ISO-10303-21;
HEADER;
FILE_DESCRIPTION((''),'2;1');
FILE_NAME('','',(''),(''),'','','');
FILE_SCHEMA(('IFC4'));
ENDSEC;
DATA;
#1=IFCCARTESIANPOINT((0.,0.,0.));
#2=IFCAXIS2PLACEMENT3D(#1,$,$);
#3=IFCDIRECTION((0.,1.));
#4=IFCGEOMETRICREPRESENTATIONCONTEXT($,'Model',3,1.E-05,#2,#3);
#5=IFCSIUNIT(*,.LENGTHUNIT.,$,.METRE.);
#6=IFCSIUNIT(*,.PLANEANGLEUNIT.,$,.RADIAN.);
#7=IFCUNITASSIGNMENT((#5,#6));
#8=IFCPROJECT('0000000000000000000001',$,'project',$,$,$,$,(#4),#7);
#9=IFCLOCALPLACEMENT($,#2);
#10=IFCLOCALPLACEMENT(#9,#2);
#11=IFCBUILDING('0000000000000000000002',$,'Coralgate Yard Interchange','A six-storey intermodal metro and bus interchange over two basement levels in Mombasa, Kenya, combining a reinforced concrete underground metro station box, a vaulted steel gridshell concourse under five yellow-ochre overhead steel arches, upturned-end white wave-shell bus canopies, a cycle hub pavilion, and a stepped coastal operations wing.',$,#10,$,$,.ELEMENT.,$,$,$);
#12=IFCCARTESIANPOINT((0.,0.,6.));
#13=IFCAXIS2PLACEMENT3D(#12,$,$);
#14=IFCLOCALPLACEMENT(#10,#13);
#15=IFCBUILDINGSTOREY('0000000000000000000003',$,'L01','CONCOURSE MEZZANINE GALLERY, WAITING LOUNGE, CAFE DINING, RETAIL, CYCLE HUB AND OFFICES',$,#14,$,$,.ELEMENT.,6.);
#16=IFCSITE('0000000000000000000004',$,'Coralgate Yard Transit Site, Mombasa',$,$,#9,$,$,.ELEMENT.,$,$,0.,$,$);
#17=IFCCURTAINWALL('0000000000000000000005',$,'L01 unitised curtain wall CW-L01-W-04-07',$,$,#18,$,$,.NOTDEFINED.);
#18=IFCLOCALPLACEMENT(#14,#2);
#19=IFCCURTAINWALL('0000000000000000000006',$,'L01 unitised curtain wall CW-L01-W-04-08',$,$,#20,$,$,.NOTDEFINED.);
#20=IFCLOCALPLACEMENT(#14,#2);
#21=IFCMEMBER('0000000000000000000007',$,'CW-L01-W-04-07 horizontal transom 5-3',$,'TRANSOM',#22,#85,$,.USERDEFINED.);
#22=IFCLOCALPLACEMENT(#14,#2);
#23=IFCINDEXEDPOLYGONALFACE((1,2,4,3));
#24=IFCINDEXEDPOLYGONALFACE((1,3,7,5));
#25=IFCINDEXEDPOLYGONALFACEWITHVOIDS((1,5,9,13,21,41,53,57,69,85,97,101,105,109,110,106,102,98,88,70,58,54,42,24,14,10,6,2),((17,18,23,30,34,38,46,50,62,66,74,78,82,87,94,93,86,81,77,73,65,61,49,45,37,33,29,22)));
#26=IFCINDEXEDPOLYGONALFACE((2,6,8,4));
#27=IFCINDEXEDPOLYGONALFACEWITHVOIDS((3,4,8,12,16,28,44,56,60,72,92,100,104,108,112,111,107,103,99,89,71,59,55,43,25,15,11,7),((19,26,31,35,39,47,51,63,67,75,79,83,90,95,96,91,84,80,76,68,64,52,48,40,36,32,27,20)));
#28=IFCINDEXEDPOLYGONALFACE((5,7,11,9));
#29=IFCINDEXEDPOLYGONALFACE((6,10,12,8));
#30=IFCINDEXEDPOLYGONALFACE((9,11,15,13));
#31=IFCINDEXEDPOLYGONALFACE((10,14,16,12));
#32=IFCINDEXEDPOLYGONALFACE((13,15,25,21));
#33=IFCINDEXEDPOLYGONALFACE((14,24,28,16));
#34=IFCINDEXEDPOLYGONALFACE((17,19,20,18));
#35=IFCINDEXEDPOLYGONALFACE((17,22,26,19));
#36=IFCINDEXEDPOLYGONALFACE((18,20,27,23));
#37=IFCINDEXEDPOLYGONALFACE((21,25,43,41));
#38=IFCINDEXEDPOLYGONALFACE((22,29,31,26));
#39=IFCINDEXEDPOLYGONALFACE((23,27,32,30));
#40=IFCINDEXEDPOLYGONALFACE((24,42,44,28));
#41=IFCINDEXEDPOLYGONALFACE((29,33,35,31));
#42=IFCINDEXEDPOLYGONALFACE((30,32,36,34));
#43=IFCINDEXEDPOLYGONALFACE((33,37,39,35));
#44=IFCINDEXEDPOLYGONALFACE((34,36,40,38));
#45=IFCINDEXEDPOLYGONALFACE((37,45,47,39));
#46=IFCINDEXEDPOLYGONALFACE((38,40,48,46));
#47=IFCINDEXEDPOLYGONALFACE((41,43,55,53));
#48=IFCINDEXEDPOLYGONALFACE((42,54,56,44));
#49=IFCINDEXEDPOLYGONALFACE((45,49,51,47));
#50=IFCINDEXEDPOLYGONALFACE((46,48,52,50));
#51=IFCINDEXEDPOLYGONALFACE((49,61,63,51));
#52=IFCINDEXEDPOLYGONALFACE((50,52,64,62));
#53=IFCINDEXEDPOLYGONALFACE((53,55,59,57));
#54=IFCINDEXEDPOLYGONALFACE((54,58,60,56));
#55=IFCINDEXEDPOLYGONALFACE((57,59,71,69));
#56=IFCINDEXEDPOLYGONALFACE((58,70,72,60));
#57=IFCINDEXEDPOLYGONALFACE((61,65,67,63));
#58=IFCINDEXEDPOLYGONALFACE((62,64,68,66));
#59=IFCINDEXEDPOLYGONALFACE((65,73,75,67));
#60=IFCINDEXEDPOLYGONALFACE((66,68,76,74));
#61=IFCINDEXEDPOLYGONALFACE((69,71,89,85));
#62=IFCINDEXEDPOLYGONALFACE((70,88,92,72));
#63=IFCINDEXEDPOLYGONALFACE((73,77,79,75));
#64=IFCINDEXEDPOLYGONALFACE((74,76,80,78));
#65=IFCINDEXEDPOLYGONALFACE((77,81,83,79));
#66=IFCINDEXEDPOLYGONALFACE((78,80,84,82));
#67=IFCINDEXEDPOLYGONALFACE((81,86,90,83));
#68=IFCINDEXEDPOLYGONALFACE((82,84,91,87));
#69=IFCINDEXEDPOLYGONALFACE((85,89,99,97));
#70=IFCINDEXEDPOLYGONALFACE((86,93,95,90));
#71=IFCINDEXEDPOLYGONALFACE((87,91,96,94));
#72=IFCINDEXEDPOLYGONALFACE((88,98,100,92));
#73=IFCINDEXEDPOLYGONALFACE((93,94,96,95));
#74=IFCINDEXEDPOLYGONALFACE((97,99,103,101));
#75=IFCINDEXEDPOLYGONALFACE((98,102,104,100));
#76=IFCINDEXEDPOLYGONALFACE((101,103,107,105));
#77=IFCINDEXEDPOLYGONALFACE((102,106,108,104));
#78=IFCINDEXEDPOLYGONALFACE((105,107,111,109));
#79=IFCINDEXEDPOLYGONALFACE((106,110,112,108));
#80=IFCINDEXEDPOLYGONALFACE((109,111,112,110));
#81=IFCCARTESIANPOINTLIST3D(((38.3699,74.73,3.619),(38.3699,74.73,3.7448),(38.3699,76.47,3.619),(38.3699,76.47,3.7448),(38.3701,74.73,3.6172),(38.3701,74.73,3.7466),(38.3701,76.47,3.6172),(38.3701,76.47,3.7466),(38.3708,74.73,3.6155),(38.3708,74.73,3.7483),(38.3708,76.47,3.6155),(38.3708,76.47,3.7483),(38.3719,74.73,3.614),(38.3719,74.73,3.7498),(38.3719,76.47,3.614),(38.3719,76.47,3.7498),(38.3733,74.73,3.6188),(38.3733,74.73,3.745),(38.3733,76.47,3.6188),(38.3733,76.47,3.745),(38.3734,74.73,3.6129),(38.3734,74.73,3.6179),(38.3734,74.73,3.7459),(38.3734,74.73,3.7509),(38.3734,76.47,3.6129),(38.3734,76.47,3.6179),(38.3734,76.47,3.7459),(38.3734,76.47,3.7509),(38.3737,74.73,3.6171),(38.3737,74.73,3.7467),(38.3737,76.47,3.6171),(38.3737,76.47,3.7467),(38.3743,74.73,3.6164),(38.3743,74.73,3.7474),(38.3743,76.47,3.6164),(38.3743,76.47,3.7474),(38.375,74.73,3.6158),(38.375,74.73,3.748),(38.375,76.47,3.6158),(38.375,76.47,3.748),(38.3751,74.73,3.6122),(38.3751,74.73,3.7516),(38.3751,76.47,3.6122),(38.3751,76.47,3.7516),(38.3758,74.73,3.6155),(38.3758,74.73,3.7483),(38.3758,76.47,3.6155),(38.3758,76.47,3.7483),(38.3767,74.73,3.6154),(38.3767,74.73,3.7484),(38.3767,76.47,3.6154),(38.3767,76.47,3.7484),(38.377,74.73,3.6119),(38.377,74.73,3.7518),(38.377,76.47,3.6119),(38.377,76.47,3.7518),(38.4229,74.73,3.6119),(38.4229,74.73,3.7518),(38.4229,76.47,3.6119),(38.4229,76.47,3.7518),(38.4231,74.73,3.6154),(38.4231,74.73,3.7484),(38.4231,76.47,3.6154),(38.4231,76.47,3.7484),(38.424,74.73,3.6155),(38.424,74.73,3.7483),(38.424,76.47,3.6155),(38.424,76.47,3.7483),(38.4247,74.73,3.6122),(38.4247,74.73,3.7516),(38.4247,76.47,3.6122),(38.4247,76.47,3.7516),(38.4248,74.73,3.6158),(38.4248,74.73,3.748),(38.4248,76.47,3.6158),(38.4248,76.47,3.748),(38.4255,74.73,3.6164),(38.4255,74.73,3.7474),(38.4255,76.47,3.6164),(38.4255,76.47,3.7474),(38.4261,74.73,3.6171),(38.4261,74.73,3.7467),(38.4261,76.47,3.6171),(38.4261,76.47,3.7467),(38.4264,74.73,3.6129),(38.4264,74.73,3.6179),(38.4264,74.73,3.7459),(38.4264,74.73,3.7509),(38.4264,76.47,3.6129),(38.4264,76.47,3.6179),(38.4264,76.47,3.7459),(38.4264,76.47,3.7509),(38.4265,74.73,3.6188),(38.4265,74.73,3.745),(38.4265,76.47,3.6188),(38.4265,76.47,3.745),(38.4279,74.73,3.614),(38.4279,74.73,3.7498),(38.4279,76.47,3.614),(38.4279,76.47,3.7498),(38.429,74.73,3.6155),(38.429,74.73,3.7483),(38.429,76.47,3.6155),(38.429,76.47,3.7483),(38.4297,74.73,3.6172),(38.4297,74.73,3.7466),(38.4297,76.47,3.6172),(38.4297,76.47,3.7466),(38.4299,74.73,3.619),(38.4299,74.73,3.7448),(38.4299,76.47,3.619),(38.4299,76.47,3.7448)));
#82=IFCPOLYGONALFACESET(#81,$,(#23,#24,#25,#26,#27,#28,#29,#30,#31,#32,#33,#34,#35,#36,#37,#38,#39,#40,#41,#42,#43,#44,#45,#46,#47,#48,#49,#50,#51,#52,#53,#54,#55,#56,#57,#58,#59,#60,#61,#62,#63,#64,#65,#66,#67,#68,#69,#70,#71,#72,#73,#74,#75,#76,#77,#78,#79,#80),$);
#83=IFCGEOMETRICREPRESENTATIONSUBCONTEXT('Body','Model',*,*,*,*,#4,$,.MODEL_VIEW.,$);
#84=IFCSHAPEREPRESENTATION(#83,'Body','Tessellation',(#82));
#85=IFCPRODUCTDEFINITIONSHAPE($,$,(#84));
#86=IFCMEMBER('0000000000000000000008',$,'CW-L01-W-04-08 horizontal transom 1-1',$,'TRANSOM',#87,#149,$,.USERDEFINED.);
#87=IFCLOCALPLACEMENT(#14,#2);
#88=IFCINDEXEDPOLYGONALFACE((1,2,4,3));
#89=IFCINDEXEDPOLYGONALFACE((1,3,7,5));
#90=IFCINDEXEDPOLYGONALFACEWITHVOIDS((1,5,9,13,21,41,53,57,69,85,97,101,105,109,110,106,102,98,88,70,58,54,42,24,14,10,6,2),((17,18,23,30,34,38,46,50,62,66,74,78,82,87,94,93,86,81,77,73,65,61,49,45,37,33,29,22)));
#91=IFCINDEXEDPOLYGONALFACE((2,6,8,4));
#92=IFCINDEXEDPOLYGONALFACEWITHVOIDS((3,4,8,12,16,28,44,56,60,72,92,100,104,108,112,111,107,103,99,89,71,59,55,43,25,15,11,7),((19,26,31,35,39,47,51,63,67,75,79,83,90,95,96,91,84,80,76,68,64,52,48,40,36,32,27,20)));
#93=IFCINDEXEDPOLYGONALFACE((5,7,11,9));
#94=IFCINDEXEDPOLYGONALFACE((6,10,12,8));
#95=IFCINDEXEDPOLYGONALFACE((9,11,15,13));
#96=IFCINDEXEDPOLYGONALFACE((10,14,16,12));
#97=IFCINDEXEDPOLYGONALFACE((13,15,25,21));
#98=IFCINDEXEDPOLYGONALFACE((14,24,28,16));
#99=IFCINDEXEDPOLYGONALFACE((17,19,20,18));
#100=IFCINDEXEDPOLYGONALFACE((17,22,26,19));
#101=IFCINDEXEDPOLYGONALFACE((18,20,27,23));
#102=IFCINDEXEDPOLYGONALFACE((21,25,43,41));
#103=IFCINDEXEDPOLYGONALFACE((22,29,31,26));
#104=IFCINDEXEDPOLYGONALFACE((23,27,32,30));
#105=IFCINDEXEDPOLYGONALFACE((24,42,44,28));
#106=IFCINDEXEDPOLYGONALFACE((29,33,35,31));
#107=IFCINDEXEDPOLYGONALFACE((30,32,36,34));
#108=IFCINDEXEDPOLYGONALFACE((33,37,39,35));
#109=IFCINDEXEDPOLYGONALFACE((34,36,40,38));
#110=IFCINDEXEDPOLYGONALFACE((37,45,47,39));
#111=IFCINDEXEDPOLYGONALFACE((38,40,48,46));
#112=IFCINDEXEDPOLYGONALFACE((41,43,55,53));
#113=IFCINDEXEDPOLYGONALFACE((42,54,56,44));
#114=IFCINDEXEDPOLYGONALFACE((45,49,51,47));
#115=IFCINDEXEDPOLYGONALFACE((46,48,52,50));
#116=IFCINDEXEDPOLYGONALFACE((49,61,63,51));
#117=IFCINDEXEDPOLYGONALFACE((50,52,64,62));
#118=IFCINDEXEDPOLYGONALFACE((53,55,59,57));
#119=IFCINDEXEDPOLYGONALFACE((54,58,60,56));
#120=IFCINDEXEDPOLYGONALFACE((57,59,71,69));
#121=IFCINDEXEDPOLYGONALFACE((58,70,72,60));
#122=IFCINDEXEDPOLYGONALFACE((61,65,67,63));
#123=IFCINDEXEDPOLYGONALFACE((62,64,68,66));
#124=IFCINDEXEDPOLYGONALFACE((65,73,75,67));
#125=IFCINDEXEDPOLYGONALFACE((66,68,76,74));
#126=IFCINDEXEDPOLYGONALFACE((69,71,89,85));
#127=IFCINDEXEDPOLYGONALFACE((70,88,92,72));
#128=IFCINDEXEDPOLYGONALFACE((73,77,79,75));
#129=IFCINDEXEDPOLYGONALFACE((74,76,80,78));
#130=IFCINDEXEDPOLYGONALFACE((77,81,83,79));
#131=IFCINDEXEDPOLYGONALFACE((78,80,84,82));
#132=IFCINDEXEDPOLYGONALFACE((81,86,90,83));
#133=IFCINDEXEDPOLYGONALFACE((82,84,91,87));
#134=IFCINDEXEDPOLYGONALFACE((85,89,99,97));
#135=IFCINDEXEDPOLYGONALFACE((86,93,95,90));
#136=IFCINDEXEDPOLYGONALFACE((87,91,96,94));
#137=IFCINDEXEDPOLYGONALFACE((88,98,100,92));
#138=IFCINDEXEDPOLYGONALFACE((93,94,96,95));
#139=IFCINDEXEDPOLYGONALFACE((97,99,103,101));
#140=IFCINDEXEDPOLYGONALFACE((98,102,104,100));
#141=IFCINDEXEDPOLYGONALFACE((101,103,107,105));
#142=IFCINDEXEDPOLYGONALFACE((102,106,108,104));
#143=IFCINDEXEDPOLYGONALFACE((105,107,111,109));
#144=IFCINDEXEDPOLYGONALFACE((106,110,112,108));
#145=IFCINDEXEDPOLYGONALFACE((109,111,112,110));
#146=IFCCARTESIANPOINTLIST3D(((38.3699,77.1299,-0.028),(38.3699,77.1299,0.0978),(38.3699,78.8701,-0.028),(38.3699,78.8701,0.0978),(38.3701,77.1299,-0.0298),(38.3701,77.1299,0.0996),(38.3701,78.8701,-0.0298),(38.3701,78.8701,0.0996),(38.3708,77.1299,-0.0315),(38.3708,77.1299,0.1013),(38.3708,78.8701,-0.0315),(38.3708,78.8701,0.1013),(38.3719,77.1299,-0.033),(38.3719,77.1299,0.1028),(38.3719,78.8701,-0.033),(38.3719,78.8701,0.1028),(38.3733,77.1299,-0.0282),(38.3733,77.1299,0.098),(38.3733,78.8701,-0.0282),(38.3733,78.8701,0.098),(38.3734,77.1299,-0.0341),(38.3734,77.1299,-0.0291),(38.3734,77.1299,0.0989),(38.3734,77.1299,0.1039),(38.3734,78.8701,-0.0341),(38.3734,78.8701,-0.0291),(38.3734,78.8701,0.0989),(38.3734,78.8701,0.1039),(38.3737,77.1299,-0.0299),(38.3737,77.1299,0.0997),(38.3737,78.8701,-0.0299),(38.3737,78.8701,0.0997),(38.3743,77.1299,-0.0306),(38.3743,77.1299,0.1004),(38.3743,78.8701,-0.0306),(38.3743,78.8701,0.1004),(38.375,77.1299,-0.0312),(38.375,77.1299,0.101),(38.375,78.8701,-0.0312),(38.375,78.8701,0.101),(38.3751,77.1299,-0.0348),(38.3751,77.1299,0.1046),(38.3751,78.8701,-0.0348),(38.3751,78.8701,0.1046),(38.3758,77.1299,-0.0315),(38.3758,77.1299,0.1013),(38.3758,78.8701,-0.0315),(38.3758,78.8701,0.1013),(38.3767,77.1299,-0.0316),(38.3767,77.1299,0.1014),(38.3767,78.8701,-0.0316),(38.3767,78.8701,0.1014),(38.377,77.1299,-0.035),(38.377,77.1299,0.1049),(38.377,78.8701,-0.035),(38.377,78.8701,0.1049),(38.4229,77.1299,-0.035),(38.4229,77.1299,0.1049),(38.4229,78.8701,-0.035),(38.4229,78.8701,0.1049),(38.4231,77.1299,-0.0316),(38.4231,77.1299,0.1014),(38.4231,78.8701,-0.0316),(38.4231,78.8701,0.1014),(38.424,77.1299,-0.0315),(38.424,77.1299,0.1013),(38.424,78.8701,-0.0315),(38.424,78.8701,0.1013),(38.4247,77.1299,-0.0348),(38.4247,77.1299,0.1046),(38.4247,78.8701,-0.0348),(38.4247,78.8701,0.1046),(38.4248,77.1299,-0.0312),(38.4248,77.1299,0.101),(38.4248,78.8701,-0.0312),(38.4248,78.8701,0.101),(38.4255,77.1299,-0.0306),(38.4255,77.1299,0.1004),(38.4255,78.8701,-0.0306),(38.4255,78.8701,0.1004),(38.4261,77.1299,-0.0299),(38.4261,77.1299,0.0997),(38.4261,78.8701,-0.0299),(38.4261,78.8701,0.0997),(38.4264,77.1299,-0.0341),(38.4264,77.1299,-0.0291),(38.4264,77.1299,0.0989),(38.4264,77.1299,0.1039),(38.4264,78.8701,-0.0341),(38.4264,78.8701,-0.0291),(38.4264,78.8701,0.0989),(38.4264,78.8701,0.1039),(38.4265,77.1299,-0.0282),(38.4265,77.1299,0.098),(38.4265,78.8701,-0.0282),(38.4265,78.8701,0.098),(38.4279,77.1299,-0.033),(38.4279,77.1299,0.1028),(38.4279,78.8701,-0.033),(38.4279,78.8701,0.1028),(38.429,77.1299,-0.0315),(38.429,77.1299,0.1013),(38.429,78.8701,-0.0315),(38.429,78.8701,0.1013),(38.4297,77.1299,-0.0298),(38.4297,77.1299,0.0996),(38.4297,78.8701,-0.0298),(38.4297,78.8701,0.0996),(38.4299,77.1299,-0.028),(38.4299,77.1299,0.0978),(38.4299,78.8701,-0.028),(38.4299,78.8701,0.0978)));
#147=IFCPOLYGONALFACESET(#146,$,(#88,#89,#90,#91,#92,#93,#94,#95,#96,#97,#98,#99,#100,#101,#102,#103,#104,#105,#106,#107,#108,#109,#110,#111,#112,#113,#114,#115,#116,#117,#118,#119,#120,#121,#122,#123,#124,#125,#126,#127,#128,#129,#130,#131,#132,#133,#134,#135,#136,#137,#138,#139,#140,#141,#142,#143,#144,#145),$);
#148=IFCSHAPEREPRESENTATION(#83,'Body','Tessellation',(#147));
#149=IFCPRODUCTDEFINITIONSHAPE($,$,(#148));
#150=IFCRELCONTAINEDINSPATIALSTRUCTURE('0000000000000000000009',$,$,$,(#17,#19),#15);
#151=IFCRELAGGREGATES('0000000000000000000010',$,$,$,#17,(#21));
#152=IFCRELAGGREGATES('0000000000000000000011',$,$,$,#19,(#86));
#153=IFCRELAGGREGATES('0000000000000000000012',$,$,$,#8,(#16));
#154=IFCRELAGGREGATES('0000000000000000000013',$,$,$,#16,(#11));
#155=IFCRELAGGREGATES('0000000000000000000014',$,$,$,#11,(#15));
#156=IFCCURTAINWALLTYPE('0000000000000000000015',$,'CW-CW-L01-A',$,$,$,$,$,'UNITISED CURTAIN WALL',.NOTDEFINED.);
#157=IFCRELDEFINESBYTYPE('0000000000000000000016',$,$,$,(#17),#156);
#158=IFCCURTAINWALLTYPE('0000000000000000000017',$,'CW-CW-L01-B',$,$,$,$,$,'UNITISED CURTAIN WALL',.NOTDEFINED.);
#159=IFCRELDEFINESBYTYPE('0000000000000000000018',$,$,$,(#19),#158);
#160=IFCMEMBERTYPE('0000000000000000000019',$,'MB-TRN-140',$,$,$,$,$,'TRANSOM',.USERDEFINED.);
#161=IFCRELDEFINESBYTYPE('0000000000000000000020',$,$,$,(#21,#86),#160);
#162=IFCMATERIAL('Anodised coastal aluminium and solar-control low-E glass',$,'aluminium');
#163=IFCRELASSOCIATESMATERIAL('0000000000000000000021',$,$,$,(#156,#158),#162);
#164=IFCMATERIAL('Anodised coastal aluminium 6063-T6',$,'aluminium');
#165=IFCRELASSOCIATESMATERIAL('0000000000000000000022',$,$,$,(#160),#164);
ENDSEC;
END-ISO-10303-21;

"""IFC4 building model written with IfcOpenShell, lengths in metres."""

from ifc_helpers import new_model, si_unit, direction, frame, origin, origin_2d, place, context, subcontext, project, spatial, hollow_rectangle, extrude, material, material_profile, profile_set, type_object, element, aggregate, save


model = new_model("IFC4")

# Units and contexts
model_context = context("Model", 3, precision=1e-05, world=origin(), true_north=direction((0.0, 1.0)))
body_context = subcontext(model_context, "Body", "Model", "MODEL_VIEW")
ifc_project = project(units=[si_unit("LENGTHUNIT", "METRE"), si_unit("PLANEANGLEUNIT", "RADIAN")], contexts=[model_context])

# Site, building, storey
site_placement = place(None, origin())
site = spatial("IfcSite", under=ifc_project, at=site_placement, Name="Coralgate Yard Transit Site, Mombasa", CompositionType="ELEMENT", RefElevation=0.0)
building_placement = place(site_placement, origin())
building = spatial("IfcBuilding", under=site, at=building_placement, Name="Coralgate Yard Interchange", Description="A six-storey intermodal metro and bus interchange over two basement levels in Mombasa, Kenya, combining a reinforced concrete underground metro station box, a vaulted steel gridshell concourse under five yellow-ochre overhead steel arches, upturned-end white wave-shell bus canopies, a cycle hub pavilion, and a stepped coastal operations wing.", CompositionType="ELEMENT")
storey_placement = place(building_placement, frame((0.0, 0.0, 6.0)))
storey = spatial("IfcBuildingStorey", under=building, at=storey_placement, Name="L01", Description="CONCOURSE MEZZANINE GALLERY, WAITING LOUNGE, CAFE DINING, RETAIL, CYCLE HUB AND OFFICES", CompositionType="ELEMENT", Elevation=6.0)

# Curtain walls
ifc_material_1 = material(Name="Anodised coastal aluminium and solar-control low-E glass", Category="aluminium")
curtain_wall_type_1 = type_object("IfcCurtainWallType", Name="CW-CW-L01-A", ElementType="UNITISED CURTAIN WALL", PredefinedType="NOTDEFINED", material=ifc_material_1)
curtain_wall_1_placement = place(storey_placement, origin())
curtain_wall_1 = element("IfcCurtainWall", 1, at=curtain_wall_1_placement, inside=storey, type_object=curtain_wall_type_1, Name="L01 unitised curtain wall CW-L01-W-04-07", PredefinedType="NOTDEFINED")
ifc_material_2 = material(Name="Anodised coastal aluminium 6063-T6", Category="aluminium")
curtain_wall_type_2 = type_object("IfcCurtainWallType", Name="CW-CW-L01-B", ElementType="UNITISED CURTAIN WALL", PredefinedType="NOTDEFINED", material=ifc_material_1)
curtain_wall_2_placement = place(storey_placement, origin())
curtain_wall_2 = element("IfcCurtainWall", 2, at=curtain_wall_2_placement, inside=storey, type_object=curtain_wall_type_2, Name="L01 unitised curtain wall CW-L01-W-04-08", PredefinedType="NOTDEFINED")

# Members
ifc_material_profile_1 = material_profile(ifc_material_2, hollow_rectangle(XDim=0.0601, YDim=0.1399, WallThickness=0.0034, InnerFilletRadius=0.0034, OuterFilletRadius=0.0071, at=origin_2d()), Name="ALU 60x140x3.5")
ifc_profile_set_1 = profile_set([ifc_material_profile_1], Name="Anodised coastal aluminium 6063-T6")
member_type_1 = type_object("IfcMemberType", Name="MB-TRN-140", ElementType="TRANSOM", PredefinedType="USERDEFINED", material=ifc_profile_set_1)
member_1_placement = place(storey_placement, frame((38.3999, 74.73, 3.6819), z_axis=(0.0, 1.0, 0.0), x_axis=(-1.0, 0.0, 0.0)))
member_1 = element("IfcMember", 3, at=member_1_placement, type_object=member_type_1, Name="CW-L01-W-04-07 horizontal transom 5-3", ObjectType="TRANSOM", PredefinedType="USERDEFINED", context=body_context, shape_type="SweptSolid", body=[
    extrude(hollow_rectangle(XDim=0.0601, YDim=0.1399, WallThickness=0.0034, InnerFilletRadius=0.0034, OuterFilletRadius=0.0071, at=origin_2d()), origin(), (0.0, 0.0, 1.0), 1.74),
])
member_2_placement = place(storey_placement, frame((38.3999, 77.1299, 0.0349), z_axis=(0.0, 1.0, 0.0), x_axis=(-1.0, 0.0, 0.0)))
member_2 = element("IfcMember", 4, at=member_2_placement, type_object=member_type_1, Name="CW-L01-W-04-08 horizontal transom 1-1", ObjectType="TRANSOM", PredefinedType="USERDEFINED", context=body_context, shape_type="SweptSolid", body=[
    extrude(hollow_rectangle(XDim=0.0601, YDim=0.1399, WallThickness=0.0034, InnerFilletRadius=0.0034, OuterFilletRadius=0.0071, at=origin_2d()), origin(), (0.0, 0.0, 1.0), 1.7402),
])

aggregate(curtain_wall_1, [member_1])
aggregate(curtain_wall_2, [member_2])

save(model, "model.ifc")
